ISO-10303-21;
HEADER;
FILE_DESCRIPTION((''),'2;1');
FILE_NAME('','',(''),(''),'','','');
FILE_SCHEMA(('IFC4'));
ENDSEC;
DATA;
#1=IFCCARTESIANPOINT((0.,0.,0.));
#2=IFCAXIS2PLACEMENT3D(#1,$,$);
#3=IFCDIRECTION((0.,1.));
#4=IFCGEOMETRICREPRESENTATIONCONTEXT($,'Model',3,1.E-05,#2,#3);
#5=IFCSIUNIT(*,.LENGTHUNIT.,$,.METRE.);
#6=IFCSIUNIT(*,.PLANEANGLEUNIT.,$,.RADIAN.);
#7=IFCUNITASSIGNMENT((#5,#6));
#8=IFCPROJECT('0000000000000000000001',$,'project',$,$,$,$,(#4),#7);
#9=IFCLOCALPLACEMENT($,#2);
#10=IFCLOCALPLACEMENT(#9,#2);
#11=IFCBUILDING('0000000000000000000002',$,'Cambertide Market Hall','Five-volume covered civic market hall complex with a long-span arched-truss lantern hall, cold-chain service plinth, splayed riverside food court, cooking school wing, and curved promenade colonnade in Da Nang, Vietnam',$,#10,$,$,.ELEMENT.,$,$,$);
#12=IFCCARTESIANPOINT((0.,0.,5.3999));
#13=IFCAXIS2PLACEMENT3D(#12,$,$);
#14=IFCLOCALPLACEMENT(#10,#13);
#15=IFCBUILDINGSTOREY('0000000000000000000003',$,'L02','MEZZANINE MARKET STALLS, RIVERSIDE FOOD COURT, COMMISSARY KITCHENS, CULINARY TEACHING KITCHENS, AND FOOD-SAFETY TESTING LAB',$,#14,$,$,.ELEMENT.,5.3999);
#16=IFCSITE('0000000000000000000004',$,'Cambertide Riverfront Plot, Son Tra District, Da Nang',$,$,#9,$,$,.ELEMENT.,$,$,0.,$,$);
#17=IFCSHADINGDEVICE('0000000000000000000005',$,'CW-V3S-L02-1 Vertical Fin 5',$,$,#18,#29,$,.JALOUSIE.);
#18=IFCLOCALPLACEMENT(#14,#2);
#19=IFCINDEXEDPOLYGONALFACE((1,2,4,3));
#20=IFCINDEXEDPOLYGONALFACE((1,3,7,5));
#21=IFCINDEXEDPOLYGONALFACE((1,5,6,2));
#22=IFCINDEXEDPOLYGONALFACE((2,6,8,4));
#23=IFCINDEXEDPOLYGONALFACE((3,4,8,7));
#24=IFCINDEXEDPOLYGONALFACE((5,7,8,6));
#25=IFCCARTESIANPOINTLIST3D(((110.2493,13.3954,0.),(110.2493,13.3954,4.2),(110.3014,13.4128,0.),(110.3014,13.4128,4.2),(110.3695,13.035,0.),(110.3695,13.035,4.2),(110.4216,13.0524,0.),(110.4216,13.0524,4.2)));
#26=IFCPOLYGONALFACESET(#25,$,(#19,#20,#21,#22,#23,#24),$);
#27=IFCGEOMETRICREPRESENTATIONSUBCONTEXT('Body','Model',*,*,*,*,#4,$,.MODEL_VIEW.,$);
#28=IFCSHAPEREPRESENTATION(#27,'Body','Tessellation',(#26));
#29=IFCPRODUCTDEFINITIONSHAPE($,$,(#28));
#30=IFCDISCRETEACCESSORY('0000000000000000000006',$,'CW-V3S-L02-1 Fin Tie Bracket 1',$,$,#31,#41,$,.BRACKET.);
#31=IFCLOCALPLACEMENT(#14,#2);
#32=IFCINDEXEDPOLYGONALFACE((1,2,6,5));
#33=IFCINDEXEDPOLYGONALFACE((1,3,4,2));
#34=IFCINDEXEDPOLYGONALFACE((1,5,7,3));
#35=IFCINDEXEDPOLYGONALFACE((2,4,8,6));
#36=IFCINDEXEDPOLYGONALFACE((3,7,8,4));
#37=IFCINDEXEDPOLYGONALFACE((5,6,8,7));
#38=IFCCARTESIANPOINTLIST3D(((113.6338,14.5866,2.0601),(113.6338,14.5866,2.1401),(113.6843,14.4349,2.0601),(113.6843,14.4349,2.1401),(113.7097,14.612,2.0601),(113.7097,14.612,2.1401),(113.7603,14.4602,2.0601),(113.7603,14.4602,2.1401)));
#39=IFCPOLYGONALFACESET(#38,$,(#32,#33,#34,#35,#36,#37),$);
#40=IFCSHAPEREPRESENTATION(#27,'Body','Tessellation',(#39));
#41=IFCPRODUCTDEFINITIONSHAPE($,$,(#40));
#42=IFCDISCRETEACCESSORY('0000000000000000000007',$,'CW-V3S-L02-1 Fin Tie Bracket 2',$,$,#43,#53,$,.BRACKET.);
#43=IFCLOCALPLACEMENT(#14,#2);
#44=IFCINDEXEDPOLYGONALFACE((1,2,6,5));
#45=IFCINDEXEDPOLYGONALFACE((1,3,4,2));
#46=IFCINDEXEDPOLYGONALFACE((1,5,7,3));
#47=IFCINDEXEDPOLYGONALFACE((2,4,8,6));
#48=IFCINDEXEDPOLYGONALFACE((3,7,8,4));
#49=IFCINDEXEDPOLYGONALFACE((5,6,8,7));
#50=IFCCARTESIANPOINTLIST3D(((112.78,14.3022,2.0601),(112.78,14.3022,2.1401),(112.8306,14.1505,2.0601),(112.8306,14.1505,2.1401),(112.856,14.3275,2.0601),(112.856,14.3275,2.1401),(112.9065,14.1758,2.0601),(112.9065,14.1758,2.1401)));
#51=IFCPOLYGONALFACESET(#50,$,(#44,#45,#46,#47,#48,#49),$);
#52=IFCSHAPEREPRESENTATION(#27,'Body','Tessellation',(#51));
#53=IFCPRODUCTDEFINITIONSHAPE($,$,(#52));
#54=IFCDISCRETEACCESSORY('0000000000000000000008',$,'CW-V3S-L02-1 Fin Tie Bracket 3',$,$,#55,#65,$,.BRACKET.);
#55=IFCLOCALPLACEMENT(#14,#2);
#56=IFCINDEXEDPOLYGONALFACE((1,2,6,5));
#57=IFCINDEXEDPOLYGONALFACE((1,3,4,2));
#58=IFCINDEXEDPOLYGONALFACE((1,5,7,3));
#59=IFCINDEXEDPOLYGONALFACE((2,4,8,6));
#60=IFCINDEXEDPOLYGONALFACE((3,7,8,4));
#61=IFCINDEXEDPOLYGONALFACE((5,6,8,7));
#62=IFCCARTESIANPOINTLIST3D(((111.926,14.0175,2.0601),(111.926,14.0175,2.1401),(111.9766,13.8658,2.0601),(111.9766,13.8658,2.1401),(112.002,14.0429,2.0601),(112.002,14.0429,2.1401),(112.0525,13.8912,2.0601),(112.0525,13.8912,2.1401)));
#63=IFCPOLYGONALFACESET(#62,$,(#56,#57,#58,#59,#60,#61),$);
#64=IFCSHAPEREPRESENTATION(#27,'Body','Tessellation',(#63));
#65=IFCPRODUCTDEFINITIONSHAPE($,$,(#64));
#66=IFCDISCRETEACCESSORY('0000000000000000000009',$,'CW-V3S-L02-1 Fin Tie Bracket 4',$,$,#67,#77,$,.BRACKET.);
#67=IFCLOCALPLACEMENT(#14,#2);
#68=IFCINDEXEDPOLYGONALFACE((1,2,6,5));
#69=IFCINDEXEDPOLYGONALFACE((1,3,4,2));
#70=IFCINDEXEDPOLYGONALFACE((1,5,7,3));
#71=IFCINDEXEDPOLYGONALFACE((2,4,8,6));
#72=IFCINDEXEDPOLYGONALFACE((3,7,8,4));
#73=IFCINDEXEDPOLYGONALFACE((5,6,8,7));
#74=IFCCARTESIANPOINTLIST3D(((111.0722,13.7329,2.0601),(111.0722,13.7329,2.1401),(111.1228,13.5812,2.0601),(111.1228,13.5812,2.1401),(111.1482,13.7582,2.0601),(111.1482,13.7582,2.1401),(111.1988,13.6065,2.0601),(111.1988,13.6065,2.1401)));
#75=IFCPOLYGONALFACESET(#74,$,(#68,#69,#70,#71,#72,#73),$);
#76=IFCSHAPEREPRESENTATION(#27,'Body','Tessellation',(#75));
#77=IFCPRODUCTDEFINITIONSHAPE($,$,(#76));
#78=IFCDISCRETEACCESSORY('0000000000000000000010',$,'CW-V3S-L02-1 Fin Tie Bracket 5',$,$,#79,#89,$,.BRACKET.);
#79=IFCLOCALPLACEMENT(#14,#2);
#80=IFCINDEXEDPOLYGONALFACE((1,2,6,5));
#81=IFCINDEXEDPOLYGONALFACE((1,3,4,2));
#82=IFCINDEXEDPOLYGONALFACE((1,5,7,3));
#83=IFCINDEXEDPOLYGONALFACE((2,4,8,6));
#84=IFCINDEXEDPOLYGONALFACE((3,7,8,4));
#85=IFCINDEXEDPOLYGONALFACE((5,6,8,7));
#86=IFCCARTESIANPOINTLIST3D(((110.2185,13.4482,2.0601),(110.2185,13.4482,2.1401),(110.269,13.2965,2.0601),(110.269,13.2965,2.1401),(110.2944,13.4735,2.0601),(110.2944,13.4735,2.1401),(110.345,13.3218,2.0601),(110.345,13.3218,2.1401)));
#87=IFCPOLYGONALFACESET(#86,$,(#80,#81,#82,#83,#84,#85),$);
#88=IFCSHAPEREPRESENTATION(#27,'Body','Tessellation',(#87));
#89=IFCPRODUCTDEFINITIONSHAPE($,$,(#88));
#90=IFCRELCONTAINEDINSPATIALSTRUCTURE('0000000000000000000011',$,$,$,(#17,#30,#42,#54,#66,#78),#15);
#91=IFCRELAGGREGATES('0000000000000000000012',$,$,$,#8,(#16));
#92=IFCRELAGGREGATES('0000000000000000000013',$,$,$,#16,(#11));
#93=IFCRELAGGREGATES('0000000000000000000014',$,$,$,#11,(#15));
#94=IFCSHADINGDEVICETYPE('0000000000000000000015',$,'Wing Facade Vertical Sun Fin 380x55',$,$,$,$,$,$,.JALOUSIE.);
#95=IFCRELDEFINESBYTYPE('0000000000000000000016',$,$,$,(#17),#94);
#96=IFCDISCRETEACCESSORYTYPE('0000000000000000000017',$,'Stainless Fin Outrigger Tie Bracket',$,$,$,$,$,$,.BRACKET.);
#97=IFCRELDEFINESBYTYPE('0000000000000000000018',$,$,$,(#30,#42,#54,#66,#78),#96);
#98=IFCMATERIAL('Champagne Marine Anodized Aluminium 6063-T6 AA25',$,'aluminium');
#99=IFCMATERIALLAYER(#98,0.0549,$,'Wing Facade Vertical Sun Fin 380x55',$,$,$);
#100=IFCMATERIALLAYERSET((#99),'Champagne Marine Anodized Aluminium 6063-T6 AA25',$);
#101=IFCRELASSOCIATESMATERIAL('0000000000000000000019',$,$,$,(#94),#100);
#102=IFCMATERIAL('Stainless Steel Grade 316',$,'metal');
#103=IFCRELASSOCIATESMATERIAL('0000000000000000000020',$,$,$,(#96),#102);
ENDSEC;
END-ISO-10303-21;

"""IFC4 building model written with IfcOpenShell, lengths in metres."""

from ifc_helpers import new_model, si_unit, direction, frame, origin, origin_2d, place, context, subcontext, project, spatial, rectangle, extrude, material, layer, layer_set, type_object, element, save


model = new_model("IFC4")

# Units and contexts
model_context = context("Model", 3, precision=1e-05, world=origin(), true_north=direction((0.0, 1.0)))
body_context = subcontext(model_context, "Body", "Model", "MODEL_VIEW")
ifc_project = project(units=[si_unit("LENGTHUNIT", "METRE"), si_unit("PLANEANGLEUNIT", "RADIAN")], contexts=[model_context])

# Site, building, storey
site_placement = place(None, origin())
site = spatial("IfcSite", under=ifc_project, at=site_placement, Name="Cambertide Riverfront Plot, Son Tra District, Da Nang", CompositionType="ELEMENT", RefElevation=0.0)
building_placement = place(site_placement, origin())
building = spatial("IfcBuilding", under=site, at=building_placement, Name="Cambertide Market Hall", Description="Five-volume covered civic market hall complex with a long-span arched-truss lantern hall, cold-chain service plinth, splayed riverside food court, cooking school wing, and curved promenade colonnade in Da Nang, Vietnam", CompositionType="ELEMENT")
storey_placement = place(building_placement, frame((0.0, 0.0, 5.3999)))
storey = spatial("IfcBuildingStorey", under=building, at=storey_placement, Name="L02", Description="MEZZANINE MARKET STALLS, RIVERSIDE FOOD COURT, COMMISSARY KITCHENS, CULINARY TEACHING KITCHENS, AND FOOD-SAFETY TESTING LAB", CompositionType="ELEMENT", Elevation=5.3999)

# Shading device
ifc_material_1 = material(Name="Champagne Marine Anodized Aluminium 6063-T6 AA25", Category="aluminium")
ifc_layer_1 = layer(ifc_material_1, 0.0549, Name="Wing Facade Vertical Sun Fin 380x55")
ifc_layer_set_1 = layer_set([ifc_layer_1], Name="Champagne Marine Anodized Aluminium 6063-T6 AA25")
shading_device_type = type_object("IfcShadingDeviceType", Name="Wing Facade Vertical Sun Fin 380x55", PredefinedType="JALOUSIE", material=ifc_layer_set_1)
for number, where, z_axis, x_axis, name in (
    (1, (110.3354, 13.2239, 0.0), (0.0, 0.0, 1.0), (-0.948683, -0.316228, 0.0), "CW-V3S-L02-1 Vertical Fin 5"),
):
    element("IfcShadingDevice", number, at=place(storey_placement, frame(where, z_axis=z_axis, x_axis=x_axis)), inside=storey, type_object=shading_device_type, Name=name, PredefinedType="JALOUSIE", context=body_context, shape_type="SweptSolid", body=[
        extrude(rectangle(XDim=0.0549, YDim=0.3799, at=origin_2d()), origin(), (0.0, 0.0, 1.0), 4.2),
    ])

# Discrete accessories
ifc_material_2 = material(Name="Stainless Steel Grade 316", Category="metal")
discrete_accessory_type = type_object("IfcDiscreteAccessoryType", Name="Stainless Fin Outrigger Tie Bracket", PredefinedType="BRACKET", material=ifc_material_2)
for number, where, z_axis, x_axis, name in (
    (2, (113.697, 14.5234, 2.0601), (0.0, 0.0, 1.0), (-0.948683, -0.316228, 0.0), "CW-V3S-L02-1 Fin Tie Bracket 1"),
    (3, (112.8433, 14.239, 2.0601), (0.0, 0.0, 1.0), (-0.948683, -0.316228, 0.0), "CW-V3S-L02-1 Fin Tie Bracket 2"),
    (4, (111.9893, 13.9543, 2.0601), (0.0, 0.0, 1.0), (-0.948683, -0.316228, 0.0), "CW-V3S-L02-1 Fin Tie Bracket 3"),
    (5, (111.1355, 13.6697, 2.0601), (0.0, 0.0, 1.0), (-0.948683, -0.316228, 0.0), "CW-V3S-L02-1 Fin Tie Bracket 4"),
    (6, (110.2817, 13.385, 2.0601), (0.0, 0.0, 1.0), (-0.948683, -0.316228, 0.0), "CW-V3S-L02-1 Fin Tie Bracket 5"),
):
    element("IfcDiscreteAccessory", number, at=place(storey_placement, frame(where, z_axis=z_axis, x_axis=x_axis)), inside=storey, type_object=discrete_accessory_type, Name=name, PredefinedType="BRACKET", context=body_context, shape_type="SweptSolid", body=[
        extrude(rectangle(XDim=0.0801, YDim=0.1599, at=origin_2d()), origin(), (0.0, 0.0, 1.0), 0.0801),
    ])

save(model, "model.ifc")
